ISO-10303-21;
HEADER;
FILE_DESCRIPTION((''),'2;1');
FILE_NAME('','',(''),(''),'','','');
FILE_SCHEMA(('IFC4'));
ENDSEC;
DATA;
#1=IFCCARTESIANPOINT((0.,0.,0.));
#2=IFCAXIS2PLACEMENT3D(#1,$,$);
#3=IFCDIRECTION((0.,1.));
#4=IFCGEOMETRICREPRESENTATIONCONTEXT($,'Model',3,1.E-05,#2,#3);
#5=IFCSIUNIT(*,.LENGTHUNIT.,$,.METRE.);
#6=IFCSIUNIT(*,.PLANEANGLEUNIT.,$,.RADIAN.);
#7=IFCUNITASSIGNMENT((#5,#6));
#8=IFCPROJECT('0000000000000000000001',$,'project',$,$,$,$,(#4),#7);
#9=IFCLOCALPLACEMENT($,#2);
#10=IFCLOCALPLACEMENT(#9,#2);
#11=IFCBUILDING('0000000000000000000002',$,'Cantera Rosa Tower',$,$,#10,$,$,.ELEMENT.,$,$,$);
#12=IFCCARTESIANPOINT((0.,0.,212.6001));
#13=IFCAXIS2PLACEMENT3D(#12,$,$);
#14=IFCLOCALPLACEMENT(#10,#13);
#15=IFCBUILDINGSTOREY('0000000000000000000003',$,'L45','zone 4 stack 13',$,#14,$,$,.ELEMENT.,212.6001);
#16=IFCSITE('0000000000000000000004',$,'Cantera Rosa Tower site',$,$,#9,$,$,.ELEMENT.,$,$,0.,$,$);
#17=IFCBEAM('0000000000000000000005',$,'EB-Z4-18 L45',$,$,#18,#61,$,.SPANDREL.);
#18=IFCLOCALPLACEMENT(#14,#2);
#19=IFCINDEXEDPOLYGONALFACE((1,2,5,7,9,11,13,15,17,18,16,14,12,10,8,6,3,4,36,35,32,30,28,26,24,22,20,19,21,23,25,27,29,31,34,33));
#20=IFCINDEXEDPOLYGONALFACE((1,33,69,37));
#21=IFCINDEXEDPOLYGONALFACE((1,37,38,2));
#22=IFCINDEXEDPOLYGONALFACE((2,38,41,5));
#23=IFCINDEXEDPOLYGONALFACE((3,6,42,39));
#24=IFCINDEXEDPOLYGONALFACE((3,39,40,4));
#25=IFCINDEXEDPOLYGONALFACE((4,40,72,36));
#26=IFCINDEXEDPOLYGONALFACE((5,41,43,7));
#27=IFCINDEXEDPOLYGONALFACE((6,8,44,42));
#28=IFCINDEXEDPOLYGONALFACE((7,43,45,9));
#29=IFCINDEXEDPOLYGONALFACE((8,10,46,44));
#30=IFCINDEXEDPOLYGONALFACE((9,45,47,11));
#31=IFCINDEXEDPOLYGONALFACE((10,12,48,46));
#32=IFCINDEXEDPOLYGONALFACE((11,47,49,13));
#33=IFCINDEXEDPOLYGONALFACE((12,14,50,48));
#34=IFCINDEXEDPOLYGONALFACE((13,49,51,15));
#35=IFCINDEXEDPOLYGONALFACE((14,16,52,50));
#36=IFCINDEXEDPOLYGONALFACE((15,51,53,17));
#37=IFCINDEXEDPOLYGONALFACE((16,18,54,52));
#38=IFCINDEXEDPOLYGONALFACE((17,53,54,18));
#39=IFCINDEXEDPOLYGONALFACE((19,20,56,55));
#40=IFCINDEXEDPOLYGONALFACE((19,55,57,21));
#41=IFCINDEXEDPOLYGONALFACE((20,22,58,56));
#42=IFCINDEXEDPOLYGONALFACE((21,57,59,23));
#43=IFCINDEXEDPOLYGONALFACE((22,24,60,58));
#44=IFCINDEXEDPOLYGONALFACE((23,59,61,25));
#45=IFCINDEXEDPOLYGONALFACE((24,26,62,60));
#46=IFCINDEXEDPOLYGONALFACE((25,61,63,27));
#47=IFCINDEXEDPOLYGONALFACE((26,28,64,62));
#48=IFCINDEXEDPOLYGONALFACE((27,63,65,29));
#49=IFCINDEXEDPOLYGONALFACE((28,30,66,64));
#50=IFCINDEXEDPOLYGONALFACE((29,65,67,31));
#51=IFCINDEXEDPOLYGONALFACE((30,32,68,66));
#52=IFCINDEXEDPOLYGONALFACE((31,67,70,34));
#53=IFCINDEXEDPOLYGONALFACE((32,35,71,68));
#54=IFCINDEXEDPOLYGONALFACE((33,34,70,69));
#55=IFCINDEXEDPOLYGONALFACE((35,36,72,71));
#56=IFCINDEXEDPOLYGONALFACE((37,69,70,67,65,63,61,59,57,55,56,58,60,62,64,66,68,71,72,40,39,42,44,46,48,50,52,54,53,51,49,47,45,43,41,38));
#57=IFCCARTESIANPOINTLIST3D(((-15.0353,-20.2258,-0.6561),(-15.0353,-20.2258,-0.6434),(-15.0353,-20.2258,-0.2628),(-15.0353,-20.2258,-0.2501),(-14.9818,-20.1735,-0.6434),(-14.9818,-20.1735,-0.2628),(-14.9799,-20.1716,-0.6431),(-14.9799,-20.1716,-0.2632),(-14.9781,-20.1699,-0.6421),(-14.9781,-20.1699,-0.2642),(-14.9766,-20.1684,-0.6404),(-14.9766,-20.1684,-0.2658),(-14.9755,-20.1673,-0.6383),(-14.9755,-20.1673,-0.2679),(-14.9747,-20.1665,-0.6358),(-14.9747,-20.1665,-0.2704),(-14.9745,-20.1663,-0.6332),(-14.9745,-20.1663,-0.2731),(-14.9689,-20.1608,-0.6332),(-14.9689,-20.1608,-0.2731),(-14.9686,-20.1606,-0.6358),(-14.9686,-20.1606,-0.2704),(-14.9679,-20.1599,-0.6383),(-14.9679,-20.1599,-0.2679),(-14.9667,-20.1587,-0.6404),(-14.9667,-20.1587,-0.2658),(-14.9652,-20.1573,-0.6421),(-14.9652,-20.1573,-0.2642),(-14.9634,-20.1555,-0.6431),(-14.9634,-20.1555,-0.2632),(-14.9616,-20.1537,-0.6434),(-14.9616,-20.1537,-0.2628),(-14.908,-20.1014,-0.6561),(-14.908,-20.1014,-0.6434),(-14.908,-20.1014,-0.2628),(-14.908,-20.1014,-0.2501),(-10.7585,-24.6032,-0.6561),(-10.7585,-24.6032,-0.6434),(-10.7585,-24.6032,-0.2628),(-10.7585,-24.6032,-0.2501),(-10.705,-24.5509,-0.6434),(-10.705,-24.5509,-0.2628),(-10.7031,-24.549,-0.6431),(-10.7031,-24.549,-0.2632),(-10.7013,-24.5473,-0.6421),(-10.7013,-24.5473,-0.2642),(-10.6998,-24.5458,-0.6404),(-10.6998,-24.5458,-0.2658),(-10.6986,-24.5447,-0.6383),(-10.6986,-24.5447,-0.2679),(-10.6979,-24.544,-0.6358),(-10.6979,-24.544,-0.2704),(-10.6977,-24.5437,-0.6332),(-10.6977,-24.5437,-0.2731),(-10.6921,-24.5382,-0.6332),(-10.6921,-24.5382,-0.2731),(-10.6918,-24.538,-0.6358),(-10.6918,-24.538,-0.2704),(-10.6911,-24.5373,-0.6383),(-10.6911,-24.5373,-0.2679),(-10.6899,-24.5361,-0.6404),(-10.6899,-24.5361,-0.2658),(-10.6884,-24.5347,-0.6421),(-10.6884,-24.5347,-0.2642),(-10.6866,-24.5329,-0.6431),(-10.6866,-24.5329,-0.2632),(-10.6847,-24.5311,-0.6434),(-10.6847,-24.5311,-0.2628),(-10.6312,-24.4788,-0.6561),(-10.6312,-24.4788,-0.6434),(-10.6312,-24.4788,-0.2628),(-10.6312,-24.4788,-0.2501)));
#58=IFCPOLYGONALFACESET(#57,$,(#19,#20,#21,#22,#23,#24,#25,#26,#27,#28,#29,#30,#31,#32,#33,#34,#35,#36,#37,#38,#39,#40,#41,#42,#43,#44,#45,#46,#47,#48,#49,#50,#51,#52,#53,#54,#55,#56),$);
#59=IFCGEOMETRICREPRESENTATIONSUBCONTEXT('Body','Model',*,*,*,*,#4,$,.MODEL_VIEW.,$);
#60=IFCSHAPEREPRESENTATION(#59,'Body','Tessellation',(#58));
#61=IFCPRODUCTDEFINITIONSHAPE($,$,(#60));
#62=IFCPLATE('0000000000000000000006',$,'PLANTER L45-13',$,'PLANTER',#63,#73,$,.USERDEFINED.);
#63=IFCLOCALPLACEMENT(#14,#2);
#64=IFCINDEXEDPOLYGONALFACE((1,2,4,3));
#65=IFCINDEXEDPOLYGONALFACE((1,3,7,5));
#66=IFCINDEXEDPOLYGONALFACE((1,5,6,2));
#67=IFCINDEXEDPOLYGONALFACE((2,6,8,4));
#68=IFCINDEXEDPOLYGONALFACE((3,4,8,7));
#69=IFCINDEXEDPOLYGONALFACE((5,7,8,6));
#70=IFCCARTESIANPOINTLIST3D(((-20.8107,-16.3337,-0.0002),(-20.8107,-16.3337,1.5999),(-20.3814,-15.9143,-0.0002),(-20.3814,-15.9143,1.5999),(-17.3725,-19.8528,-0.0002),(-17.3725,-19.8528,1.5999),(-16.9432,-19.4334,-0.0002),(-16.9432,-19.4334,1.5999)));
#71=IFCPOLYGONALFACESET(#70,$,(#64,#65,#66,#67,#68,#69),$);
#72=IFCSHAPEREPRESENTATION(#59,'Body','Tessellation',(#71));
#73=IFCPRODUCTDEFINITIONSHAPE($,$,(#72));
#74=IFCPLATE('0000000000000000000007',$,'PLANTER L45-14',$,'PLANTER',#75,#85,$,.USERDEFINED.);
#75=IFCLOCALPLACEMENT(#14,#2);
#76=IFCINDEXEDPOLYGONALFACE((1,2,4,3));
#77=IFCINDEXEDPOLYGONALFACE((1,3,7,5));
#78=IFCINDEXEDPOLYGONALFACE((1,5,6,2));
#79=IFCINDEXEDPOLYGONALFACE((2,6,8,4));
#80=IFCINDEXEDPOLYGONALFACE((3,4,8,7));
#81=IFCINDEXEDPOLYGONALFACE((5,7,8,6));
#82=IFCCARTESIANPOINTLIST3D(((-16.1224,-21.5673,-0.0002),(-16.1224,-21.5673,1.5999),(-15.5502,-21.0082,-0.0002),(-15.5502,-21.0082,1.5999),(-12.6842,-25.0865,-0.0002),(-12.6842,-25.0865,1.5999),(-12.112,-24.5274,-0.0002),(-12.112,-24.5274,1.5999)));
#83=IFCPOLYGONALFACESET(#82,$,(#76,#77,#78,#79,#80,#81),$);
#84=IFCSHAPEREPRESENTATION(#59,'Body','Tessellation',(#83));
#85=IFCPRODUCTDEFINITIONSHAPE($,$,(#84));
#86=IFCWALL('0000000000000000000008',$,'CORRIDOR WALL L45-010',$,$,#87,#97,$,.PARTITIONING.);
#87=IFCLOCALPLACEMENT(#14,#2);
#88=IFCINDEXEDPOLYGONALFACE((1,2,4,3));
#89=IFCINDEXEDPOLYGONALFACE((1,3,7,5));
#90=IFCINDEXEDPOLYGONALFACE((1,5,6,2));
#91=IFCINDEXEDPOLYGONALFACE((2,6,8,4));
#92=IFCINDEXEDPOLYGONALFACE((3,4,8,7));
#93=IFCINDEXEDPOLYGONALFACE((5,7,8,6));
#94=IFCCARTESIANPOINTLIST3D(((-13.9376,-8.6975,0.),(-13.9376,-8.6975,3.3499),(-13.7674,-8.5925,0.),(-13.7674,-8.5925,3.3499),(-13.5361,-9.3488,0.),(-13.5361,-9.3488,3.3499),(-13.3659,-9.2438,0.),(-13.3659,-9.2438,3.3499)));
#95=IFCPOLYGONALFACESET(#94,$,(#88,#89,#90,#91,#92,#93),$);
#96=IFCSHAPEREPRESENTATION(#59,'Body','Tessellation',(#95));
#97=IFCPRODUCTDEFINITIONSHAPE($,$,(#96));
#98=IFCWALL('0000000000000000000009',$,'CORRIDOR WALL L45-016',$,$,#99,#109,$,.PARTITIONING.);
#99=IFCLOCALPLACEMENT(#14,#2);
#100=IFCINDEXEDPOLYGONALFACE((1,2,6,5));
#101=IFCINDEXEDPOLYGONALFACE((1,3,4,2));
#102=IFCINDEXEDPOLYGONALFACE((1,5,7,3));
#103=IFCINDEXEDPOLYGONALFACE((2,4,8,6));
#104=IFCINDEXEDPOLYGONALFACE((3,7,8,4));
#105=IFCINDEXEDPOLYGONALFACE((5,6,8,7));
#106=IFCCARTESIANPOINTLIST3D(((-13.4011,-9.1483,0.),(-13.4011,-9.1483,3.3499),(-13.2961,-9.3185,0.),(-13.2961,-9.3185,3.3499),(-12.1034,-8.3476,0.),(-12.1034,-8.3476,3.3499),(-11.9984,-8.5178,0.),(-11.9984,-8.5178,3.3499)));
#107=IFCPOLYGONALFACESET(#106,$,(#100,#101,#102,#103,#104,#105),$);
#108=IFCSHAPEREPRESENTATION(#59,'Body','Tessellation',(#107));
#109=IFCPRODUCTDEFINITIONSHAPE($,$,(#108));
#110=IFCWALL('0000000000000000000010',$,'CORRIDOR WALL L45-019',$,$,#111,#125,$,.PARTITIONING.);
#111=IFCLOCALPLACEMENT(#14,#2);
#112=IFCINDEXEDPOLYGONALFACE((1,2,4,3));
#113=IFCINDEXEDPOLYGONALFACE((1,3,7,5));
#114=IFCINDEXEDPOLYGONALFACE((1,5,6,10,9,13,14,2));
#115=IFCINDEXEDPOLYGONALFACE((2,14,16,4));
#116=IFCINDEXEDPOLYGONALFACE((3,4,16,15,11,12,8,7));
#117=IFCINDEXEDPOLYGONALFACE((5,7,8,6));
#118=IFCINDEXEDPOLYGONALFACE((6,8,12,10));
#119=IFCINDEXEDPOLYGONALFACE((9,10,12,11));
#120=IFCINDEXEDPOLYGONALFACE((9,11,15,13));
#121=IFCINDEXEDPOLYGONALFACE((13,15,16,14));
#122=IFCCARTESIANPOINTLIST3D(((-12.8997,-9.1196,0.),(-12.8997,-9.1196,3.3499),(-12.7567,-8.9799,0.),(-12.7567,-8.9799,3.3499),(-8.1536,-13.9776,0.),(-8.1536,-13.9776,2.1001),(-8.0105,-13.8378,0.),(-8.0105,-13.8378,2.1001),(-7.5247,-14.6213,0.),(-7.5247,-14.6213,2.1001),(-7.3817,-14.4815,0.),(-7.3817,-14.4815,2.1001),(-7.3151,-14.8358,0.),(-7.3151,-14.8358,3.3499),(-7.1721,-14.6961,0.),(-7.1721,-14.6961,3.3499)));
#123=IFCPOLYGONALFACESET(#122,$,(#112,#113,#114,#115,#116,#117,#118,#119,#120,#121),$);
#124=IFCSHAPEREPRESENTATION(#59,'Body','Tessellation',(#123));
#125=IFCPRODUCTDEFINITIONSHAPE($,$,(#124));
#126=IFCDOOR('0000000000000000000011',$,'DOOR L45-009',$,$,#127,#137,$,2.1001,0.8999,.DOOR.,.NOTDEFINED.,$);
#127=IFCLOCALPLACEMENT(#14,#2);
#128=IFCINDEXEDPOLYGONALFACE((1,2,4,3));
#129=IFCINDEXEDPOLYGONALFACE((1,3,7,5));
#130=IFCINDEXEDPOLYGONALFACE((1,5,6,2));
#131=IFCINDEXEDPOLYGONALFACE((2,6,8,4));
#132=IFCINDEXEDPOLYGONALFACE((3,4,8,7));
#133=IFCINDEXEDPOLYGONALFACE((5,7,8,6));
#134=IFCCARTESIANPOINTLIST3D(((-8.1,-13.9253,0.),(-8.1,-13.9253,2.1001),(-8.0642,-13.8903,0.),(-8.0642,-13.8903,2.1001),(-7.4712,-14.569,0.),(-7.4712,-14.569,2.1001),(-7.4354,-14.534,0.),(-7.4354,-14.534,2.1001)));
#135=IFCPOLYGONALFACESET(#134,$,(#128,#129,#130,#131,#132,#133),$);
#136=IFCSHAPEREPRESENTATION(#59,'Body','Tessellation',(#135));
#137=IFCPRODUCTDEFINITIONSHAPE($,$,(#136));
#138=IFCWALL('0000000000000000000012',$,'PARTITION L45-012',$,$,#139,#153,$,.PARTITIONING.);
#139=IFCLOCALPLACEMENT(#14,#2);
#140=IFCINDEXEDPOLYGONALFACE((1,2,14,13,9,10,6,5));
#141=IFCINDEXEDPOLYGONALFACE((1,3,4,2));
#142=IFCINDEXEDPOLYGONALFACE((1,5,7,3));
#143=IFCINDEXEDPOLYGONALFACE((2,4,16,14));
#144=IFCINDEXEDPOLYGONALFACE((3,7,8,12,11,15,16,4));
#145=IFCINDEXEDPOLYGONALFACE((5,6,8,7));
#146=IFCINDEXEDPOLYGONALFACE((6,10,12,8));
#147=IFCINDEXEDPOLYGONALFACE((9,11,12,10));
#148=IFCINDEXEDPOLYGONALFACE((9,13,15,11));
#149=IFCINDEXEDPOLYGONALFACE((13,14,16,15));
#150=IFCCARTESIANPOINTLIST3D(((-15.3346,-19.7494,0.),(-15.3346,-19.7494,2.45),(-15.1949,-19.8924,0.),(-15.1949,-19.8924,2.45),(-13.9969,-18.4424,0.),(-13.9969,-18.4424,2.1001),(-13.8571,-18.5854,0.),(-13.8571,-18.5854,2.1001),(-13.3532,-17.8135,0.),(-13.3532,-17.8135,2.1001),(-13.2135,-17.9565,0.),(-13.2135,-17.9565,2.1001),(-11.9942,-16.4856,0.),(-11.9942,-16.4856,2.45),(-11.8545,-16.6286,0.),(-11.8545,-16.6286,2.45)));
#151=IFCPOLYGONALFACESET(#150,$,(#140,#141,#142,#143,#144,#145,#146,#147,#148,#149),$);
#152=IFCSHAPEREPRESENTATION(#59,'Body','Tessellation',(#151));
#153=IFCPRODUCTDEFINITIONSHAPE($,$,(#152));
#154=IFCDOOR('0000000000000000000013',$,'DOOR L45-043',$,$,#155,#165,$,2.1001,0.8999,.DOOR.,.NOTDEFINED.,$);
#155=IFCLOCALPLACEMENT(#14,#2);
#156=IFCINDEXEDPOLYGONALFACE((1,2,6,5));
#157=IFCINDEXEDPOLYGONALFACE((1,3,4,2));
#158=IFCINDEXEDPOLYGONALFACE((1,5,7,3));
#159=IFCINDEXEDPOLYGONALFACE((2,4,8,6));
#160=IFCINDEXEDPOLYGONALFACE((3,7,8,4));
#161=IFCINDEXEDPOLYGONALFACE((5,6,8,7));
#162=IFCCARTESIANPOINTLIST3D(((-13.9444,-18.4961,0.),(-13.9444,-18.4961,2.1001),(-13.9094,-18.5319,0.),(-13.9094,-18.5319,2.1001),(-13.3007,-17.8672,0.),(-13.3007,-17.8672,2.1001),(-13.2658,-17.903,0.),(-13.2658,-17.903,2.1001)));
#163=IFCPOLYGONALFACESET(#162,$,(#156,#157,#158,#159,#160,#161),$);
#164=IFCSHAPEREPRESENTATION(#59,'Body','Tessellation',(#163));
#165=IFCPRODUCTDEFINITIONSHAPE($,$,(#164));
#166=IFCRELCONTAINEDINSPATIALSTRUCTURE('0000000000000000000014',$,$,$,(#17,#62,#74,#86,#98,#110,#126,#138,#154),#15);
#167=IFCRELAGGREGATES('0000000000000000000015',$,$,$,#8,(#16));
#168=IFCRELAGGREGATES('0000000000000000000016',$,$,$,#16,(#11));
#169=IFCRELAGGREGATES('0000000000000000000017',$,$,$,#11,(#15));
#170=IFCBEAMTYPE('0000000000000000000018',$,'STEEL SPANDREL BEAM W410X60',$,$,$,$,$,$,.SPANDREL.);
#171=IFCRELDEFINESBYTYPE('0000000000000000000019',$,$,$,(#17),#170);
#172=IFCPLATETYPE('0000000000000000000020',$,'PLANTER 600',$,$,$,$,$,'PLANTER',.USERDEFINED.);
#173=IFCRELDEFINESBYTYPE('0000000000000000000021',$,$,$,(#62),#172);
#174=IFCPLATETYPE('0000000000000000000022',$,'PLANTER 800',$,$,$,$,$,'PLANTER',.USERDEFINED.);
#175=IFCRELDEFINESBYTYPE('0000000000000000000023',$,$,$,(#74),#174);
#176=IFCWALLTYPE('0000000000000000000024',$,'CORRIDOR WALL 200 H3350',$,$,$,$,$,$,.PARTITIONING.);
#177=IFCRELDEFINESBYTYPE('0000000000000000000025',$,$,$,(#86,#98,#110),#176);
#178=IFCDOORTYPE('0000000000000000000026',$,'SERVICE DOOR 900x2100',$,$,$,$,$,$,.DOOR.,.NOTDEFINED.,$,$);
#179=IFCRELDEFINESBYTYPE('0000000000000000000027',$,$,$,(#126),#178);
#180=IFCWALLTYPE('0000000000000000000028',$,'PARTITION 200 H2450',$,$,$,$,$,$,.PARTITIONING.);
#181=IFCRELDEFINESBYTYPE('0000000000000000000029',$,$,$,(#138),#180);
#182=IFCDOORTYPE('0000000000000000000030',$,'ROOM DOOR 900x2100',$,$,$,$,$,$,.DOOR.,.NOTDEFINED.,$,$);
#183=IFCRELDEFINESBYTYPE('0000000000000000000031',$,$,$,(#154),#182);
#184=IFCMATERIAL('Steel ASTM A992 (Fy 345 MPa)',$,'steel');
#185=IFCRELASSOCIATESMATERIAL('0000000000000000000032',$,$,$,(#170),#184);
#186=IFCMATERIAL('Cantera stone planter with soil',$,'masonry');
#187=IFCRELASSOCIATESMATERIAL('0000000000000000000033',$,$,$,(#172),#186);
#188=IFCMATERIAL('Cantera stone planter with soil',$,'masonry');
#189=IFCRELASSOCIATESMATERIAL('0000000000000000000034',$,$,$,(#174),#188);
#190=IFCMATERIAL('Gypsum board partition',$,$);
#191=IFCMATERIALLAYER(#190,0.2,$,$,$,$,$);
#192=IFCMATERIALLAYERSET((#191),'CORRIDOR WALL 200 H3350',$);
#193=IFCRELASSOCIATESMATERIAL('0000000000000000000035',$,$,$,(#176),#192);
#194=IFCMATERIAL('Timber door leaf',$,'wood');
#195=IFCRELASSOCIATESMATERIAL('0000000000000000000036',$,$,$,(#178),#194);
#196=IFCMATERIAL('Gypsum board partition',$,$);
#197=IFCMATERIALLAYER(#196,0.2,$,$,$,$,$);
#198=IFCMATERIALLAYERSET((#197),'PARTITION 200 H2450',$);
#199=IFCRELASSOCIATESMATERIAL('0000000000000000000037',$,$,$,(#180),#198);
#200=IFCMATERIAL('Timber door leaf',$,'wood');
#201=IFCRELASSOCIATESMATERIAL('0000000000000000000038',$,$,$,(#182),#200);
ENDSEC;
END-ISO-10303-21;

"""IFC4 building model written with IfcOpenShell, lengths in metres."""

from ifc_helpers import new_model, si_unit, direction, frame, frame_2d, origin, origin_2d, place, context, subcontext, project, spatial, rectangle, i_section, extrude, material, layer, layer_set, material_profile, profile_set, type_object, element, fill, save


model = new_model("IFC4")

# Units and contexts
model_context = context("Model", 3, precision=1e-05, world=origin(), true_north=direction((0.0, 1.0)))
body_context = subcontext(model_context, "Body", "Model", "MODEL_VIEW")
ifc_project = project(units=[si_unit("LENGTHUNIT", "METRE"), si_unit("PLANEANGLEUNIT", "RADIAN")], contexts=[model_context])

# Site, building, storey
site_placement = place(None, origin())
site = spatial("IfcSite", under=ifc_project, at=site_placement, Name="Cantera Rosa Tower site", CompositionType="ELEMENT", RefElevation=0.0)
building_placement = place(site_placement, origin())
building = spatial("IfcBuilding", under=site, at=building_placement, Name="Cantera Rosa Tower", CompositionType="ELEMENT")
storey_placement = place(building_placement, frame((0.0, 0.0, 212.6001)))
storey = spatial("IfcBuildingStorey", under=building, at=storey_placement, Name="L45", Description="zone 4 stack 13", CompositionType="ELEMENT", Elevation=212.6001)

# Beam
ifc_material_1 = material(Name="Steel ASTM A992 (Fy 345 MPa)", Category="steel")
ifc_material_profile_1 = material_profile(ifc_material_1, i_section(OverallWidth=0.178, OverallDepth=0.406, WebThickness=0.0078, FlangeThickness=0.0127, FilletRadius=0.0103, at=origin_2d()), Name="W410X60")
ifc_profile_set_1 = profile_set([ifc_material_profile_1], Name="Steel ASTM A992 (Fy 345 MPa)")
beam_type_1 = type_object("IfcBeamType", Name="STEEL SPANDREL BEAM W410X60", PredefinedType="SPANDREL", material=ifc_profile_set_1)
beam_1_placement = place(storey_placement, frame((-14.9717, -20.1636, -0.4531), z_axis=(0.698841, -0.715277, 0.0), x_axis=(0.715277, 0.698841, 0.0)))
element("IfcBeam", 1, at=beam_1_placement, inside=storey, type_object=beam_type_1, Name="EB-Z4-18 L45", PredefinedType="SPANDREL", context=body_context, shape_type="SweptSolid", body=[
    extrude(i_section(OverallWidth=0.178, OverallDepth=0.406, WebThickness=0.0078, FlangeThickness=0.0127, FilletRadius=0.0103, at=origin_2d()), origin(), (0.0, 0.0, 1.0), 6.1199),
])

# Plates
ifc_material_2 = material(Name="Cantera stone planter with soil", Category="masonry")
plate_type_1 = type_object("IfcPlateType", Name="PLANTER 600", ElementType="PLANTER", PredefinedType="USERDEFINED", material=ifc_material_2)
plate_1_placement = place(storey_placement, frame((-18.877, -17.8835, -0.0002), z_axis=(0.0, 0.0, 1.0), x_axis=(0.698832, -0.715286, 0.0)))
element("IfcPlate", 2, at=plate_1_placement, inside=storey, type_object=plate_type_1, Name="PLANTER L45-13", ObjectType="PLANTER", PredefinedType="USERDEFINED", context=body_context, shape_type="SweptSolid", body=[
    extrude(rectangle(XDim=4.9199, YDim=0.6001, at=origin_2d()), origin(), (0.0, 0.0, 1.0), 1.6001),
])
ifc_material_3 = material(Name="Cantera stone planter with soil", Category="masonry")
plate_type_2 = type_object("IfcPlateType", Name="PLANTER 800", ElementType="PLANTER", PredefinedType="USERDEFINED", material=ifc_material_3)
plate_2_placement = place(storey_placement, frame((-14.1172, -23.0474, -0.0002), z_axis=(0.0, 0.0, 1.0), x_axis=(0.698832, -0.715286, 0.0)))
element("IfcPlate", 3, at=plate_2_placement, inside=storey, type_object=plate_type_2, Name="PLANTER L45-14", ObjectType="PLANTER", PredefinedType="USERDEFINED", context=body_context, shape_type="SweptSolid", body=[
    extrude(rectangle(XDim=4.9199, YDim=0.8, at=origin_2d()), origin(), (0.0, 0.0, 1.0), 1.6001),
])

# Walls
ifc_material_4 = material(Name="Gypsum board partition")
ifc_layer_1 = layer(ifc_material_4, 0.2)
ifc_layer_set_1 = layer_set([ifc_layer_1], Name="CORRIDOR WALL 200 H3350")
wall_type_1 = type_object("IfcWallType", Name="CORRIDOR WALL 200 H3350", PredefinedType="PARTITIONING", material=ifc_layer_set_1)
wall_1_placement = place(storey_placement, frame((-13.8525, -8.645, 0.0), z_axis=(0.0, 0.0, 1.0), x_axis=(0.524827, -0.851209, 0.0)))
element("IfcWall", 4, at=wall_1_placement, inside=storey, type_object=wall_type_1, Name="CORRIDOR WALL L45-010", PredefinedType="PARTITIONING", context=body_context, shape_type="SweptSolid", body=[
    extrude(rectangle(XDim=0.7651, YDim=0.2, at=frame_2d((0.3826, 0.0))), origin(), (0.0, 0.0, 1.0), 3.3499),
])
wall_2_placement = place(storey_placement, frame((-13.3486, -9.2334, 0.0), z_axis=(0.0, 0.0, 1.0), x_axis=(0.851042, 0.525097, 0.0)))
element("IfcWall", 5, at=wall_2_placement, inside=storey, type_object=wall_type_1, Name="CORRIDOR WALL L45-016", PredefinedType="PARTITIONING", context=body_context, shape_type="SweptSolid", body=[
    extrude(rectangle(XDim=1.5249, YDim=0.2, at=frame_2d((0.7625, 0.0))), origin(), (0.0, 0.0, 1.0), 3.3499),
])

# Wall, opening, door
wall_3_placement = place(storey_placement, frame((-12.8281, -9.0498, 0.0), z_axis=(0.0, 0.0, 1.0), x_axis=(0.698826, -0.715292, 0.0)))
wall_3 = element("IfcWall", 6, at=wall_3_placement, inside=storey, type_object=wall_type_1, Name="CORRIDOR WALL L45-019", PredefinedType="PARTITIONING", context=body_context, shape_type="SweptSolid", body=[
    extrude(rectangle(XDim=7.9915, YDim=0.2, at=frame_2d((3.9956, 0.0))), origin(), (0.0, 0.0, 1.0), 3.3499),
])
opening_1_placement = place(wall_3_placement, frame((6.7915, 0.0, 0.0)))
opening_1 = element("IfcOpeningElement", 7, at=opening_1_placement, cuts=wall_3, PredefinedType="OPENING", context=body_context, shape_type="SweptSolid", body=[
    extrude(rectangle(XDim=0.8999, YDim=2.1001, at=frame_2d((0.45, 1.05))), frame((0.0, 0.1099, 0.0), z_axis=(0.0, -1.0, 0.0), x_axis=(1.0, 0.0, 0.0)), (0.0, 0.0, 1.0), 0.22),
])
ifc_material_5 = material(Name="Timber door leaf", Category="wood")
door_type_1 = type_object("IfcDoorType", Name="SERVICE DOOR 900x2100", OperationType="NOTDEFINED", PredefinedType="DOOR", material=ifc_material_5)
door_1_placement = place(opening_1_placement, origin())
door_1 = element("IfcDoor", 8, at=door_1_placement, inside=storey, type_object=door_type_1, Name="DOOR L45-009", OperationType="NOTDEFINED", OverallHeight=2.1001, OverallWidth=0.8999, PredefinedType="DOOR", context=body_context, shape_type="SweptSolid", body=[
    extrude(rectangle(XDim=0.8999, YDim=2.1001, at=frame_2d((0.45, 1.05))), frame((0.0, 0.0249, 0.0), z_axis=(0.0, -1.0, 0.0), x_axis=(1.0, 0.0, 0.0)), (0.0, 0.0, 1.0), 0.05),
])
fill(opening_1, door_1)

# Wall, opening, door
ifc_material_6 = material(Name="Gypsum board partition")
ifc_layer_2 = layer(ifc_material_6, 0.2)
ifc_layer_set_2 = layer_set([ifc_layer_2], Name="PARTITION 200 H2450")
wall_type_2 = type_object("IfcWallType", Name="PARTITION 200 H2450", PredefinedType="PARTITIONING", material=ifc_layer_set_2)
wall_4_placement = place(storey_placement, frame((-15.2646, -19.8208, 0.0), z_axis=(0.0, 0.0, 1.0), x_axis=(0.715267, 0.698852, 0.0)))
wall_4 = element("IfcWall", 9, at=wall_4_placement, inside=storey, type_object=wall_type_2, Name="PARTITION L45-012", PredefinedType="PARTITIONING", context=body_context, shape_type="SweptSolid", body=[
    extrude(rectangle(XDim=4.6702, YDim=0.2, at=frame_2d((2.335, 0.0))), origin(), (0.0, 0.0, 1.0), 2.45),
])
opening_2_placement = place(wall_4_placement, frame((1.8701, 0.0, 0.0)))
opening_2 = element("IfcOpeningElement", 10, at=opening_2_placement, cuts=wall_4, PredefinedType="OPENING", context=body_context, shape_type="SweptSolid", body=[
    extrude(rectangle(XDim=0.8999, YDim=2.1001, at=frame_2d((0.45, 1.05))), frame((0.0, 0.1099, 0.0), z_axis=(0.0, -1.0, 0.0), x_axis=(1.0, 0.0, 0.0)), (0.0, 0.0, 1.0), 0.22),
])
ifc_material_7 = material(Name="Timber door leaf", Category="wood")
door_type_2 = type_object("IfcDoorType", Name="ROOM DOOR 900x2100", OperationType="NOTDEFINED", PredefinedType="DOOR", material=ifc_material_7)
door_2_placement = place(opening_2_placement, origin())
door_2 = element("IfcDoor", 11, at=door_2_placement, inside=storey, type_object=door_type_2, Name="DOOR L45-043", OperationType="NOTDEFINED", OverallHeight=2.1001, OverallWidth=0.8999, PredefinedType="DOOR", context=body_context, shape_type="SweptSolid", body=[
    extrude(rectangle(XDim=0.8999, YDim=2.1001, at=frame_2d((0.45, 1.05))), frame((0.0, 0.0249, 0.0), z_axis=(0.0, -1.0, 0.0), x_axis=(1.0, 0.0, 0.0)), (0.0, 0.0, 1.0), 0.05),
])
fill(opening_2, door_2)

save(model, "model.ifc")
